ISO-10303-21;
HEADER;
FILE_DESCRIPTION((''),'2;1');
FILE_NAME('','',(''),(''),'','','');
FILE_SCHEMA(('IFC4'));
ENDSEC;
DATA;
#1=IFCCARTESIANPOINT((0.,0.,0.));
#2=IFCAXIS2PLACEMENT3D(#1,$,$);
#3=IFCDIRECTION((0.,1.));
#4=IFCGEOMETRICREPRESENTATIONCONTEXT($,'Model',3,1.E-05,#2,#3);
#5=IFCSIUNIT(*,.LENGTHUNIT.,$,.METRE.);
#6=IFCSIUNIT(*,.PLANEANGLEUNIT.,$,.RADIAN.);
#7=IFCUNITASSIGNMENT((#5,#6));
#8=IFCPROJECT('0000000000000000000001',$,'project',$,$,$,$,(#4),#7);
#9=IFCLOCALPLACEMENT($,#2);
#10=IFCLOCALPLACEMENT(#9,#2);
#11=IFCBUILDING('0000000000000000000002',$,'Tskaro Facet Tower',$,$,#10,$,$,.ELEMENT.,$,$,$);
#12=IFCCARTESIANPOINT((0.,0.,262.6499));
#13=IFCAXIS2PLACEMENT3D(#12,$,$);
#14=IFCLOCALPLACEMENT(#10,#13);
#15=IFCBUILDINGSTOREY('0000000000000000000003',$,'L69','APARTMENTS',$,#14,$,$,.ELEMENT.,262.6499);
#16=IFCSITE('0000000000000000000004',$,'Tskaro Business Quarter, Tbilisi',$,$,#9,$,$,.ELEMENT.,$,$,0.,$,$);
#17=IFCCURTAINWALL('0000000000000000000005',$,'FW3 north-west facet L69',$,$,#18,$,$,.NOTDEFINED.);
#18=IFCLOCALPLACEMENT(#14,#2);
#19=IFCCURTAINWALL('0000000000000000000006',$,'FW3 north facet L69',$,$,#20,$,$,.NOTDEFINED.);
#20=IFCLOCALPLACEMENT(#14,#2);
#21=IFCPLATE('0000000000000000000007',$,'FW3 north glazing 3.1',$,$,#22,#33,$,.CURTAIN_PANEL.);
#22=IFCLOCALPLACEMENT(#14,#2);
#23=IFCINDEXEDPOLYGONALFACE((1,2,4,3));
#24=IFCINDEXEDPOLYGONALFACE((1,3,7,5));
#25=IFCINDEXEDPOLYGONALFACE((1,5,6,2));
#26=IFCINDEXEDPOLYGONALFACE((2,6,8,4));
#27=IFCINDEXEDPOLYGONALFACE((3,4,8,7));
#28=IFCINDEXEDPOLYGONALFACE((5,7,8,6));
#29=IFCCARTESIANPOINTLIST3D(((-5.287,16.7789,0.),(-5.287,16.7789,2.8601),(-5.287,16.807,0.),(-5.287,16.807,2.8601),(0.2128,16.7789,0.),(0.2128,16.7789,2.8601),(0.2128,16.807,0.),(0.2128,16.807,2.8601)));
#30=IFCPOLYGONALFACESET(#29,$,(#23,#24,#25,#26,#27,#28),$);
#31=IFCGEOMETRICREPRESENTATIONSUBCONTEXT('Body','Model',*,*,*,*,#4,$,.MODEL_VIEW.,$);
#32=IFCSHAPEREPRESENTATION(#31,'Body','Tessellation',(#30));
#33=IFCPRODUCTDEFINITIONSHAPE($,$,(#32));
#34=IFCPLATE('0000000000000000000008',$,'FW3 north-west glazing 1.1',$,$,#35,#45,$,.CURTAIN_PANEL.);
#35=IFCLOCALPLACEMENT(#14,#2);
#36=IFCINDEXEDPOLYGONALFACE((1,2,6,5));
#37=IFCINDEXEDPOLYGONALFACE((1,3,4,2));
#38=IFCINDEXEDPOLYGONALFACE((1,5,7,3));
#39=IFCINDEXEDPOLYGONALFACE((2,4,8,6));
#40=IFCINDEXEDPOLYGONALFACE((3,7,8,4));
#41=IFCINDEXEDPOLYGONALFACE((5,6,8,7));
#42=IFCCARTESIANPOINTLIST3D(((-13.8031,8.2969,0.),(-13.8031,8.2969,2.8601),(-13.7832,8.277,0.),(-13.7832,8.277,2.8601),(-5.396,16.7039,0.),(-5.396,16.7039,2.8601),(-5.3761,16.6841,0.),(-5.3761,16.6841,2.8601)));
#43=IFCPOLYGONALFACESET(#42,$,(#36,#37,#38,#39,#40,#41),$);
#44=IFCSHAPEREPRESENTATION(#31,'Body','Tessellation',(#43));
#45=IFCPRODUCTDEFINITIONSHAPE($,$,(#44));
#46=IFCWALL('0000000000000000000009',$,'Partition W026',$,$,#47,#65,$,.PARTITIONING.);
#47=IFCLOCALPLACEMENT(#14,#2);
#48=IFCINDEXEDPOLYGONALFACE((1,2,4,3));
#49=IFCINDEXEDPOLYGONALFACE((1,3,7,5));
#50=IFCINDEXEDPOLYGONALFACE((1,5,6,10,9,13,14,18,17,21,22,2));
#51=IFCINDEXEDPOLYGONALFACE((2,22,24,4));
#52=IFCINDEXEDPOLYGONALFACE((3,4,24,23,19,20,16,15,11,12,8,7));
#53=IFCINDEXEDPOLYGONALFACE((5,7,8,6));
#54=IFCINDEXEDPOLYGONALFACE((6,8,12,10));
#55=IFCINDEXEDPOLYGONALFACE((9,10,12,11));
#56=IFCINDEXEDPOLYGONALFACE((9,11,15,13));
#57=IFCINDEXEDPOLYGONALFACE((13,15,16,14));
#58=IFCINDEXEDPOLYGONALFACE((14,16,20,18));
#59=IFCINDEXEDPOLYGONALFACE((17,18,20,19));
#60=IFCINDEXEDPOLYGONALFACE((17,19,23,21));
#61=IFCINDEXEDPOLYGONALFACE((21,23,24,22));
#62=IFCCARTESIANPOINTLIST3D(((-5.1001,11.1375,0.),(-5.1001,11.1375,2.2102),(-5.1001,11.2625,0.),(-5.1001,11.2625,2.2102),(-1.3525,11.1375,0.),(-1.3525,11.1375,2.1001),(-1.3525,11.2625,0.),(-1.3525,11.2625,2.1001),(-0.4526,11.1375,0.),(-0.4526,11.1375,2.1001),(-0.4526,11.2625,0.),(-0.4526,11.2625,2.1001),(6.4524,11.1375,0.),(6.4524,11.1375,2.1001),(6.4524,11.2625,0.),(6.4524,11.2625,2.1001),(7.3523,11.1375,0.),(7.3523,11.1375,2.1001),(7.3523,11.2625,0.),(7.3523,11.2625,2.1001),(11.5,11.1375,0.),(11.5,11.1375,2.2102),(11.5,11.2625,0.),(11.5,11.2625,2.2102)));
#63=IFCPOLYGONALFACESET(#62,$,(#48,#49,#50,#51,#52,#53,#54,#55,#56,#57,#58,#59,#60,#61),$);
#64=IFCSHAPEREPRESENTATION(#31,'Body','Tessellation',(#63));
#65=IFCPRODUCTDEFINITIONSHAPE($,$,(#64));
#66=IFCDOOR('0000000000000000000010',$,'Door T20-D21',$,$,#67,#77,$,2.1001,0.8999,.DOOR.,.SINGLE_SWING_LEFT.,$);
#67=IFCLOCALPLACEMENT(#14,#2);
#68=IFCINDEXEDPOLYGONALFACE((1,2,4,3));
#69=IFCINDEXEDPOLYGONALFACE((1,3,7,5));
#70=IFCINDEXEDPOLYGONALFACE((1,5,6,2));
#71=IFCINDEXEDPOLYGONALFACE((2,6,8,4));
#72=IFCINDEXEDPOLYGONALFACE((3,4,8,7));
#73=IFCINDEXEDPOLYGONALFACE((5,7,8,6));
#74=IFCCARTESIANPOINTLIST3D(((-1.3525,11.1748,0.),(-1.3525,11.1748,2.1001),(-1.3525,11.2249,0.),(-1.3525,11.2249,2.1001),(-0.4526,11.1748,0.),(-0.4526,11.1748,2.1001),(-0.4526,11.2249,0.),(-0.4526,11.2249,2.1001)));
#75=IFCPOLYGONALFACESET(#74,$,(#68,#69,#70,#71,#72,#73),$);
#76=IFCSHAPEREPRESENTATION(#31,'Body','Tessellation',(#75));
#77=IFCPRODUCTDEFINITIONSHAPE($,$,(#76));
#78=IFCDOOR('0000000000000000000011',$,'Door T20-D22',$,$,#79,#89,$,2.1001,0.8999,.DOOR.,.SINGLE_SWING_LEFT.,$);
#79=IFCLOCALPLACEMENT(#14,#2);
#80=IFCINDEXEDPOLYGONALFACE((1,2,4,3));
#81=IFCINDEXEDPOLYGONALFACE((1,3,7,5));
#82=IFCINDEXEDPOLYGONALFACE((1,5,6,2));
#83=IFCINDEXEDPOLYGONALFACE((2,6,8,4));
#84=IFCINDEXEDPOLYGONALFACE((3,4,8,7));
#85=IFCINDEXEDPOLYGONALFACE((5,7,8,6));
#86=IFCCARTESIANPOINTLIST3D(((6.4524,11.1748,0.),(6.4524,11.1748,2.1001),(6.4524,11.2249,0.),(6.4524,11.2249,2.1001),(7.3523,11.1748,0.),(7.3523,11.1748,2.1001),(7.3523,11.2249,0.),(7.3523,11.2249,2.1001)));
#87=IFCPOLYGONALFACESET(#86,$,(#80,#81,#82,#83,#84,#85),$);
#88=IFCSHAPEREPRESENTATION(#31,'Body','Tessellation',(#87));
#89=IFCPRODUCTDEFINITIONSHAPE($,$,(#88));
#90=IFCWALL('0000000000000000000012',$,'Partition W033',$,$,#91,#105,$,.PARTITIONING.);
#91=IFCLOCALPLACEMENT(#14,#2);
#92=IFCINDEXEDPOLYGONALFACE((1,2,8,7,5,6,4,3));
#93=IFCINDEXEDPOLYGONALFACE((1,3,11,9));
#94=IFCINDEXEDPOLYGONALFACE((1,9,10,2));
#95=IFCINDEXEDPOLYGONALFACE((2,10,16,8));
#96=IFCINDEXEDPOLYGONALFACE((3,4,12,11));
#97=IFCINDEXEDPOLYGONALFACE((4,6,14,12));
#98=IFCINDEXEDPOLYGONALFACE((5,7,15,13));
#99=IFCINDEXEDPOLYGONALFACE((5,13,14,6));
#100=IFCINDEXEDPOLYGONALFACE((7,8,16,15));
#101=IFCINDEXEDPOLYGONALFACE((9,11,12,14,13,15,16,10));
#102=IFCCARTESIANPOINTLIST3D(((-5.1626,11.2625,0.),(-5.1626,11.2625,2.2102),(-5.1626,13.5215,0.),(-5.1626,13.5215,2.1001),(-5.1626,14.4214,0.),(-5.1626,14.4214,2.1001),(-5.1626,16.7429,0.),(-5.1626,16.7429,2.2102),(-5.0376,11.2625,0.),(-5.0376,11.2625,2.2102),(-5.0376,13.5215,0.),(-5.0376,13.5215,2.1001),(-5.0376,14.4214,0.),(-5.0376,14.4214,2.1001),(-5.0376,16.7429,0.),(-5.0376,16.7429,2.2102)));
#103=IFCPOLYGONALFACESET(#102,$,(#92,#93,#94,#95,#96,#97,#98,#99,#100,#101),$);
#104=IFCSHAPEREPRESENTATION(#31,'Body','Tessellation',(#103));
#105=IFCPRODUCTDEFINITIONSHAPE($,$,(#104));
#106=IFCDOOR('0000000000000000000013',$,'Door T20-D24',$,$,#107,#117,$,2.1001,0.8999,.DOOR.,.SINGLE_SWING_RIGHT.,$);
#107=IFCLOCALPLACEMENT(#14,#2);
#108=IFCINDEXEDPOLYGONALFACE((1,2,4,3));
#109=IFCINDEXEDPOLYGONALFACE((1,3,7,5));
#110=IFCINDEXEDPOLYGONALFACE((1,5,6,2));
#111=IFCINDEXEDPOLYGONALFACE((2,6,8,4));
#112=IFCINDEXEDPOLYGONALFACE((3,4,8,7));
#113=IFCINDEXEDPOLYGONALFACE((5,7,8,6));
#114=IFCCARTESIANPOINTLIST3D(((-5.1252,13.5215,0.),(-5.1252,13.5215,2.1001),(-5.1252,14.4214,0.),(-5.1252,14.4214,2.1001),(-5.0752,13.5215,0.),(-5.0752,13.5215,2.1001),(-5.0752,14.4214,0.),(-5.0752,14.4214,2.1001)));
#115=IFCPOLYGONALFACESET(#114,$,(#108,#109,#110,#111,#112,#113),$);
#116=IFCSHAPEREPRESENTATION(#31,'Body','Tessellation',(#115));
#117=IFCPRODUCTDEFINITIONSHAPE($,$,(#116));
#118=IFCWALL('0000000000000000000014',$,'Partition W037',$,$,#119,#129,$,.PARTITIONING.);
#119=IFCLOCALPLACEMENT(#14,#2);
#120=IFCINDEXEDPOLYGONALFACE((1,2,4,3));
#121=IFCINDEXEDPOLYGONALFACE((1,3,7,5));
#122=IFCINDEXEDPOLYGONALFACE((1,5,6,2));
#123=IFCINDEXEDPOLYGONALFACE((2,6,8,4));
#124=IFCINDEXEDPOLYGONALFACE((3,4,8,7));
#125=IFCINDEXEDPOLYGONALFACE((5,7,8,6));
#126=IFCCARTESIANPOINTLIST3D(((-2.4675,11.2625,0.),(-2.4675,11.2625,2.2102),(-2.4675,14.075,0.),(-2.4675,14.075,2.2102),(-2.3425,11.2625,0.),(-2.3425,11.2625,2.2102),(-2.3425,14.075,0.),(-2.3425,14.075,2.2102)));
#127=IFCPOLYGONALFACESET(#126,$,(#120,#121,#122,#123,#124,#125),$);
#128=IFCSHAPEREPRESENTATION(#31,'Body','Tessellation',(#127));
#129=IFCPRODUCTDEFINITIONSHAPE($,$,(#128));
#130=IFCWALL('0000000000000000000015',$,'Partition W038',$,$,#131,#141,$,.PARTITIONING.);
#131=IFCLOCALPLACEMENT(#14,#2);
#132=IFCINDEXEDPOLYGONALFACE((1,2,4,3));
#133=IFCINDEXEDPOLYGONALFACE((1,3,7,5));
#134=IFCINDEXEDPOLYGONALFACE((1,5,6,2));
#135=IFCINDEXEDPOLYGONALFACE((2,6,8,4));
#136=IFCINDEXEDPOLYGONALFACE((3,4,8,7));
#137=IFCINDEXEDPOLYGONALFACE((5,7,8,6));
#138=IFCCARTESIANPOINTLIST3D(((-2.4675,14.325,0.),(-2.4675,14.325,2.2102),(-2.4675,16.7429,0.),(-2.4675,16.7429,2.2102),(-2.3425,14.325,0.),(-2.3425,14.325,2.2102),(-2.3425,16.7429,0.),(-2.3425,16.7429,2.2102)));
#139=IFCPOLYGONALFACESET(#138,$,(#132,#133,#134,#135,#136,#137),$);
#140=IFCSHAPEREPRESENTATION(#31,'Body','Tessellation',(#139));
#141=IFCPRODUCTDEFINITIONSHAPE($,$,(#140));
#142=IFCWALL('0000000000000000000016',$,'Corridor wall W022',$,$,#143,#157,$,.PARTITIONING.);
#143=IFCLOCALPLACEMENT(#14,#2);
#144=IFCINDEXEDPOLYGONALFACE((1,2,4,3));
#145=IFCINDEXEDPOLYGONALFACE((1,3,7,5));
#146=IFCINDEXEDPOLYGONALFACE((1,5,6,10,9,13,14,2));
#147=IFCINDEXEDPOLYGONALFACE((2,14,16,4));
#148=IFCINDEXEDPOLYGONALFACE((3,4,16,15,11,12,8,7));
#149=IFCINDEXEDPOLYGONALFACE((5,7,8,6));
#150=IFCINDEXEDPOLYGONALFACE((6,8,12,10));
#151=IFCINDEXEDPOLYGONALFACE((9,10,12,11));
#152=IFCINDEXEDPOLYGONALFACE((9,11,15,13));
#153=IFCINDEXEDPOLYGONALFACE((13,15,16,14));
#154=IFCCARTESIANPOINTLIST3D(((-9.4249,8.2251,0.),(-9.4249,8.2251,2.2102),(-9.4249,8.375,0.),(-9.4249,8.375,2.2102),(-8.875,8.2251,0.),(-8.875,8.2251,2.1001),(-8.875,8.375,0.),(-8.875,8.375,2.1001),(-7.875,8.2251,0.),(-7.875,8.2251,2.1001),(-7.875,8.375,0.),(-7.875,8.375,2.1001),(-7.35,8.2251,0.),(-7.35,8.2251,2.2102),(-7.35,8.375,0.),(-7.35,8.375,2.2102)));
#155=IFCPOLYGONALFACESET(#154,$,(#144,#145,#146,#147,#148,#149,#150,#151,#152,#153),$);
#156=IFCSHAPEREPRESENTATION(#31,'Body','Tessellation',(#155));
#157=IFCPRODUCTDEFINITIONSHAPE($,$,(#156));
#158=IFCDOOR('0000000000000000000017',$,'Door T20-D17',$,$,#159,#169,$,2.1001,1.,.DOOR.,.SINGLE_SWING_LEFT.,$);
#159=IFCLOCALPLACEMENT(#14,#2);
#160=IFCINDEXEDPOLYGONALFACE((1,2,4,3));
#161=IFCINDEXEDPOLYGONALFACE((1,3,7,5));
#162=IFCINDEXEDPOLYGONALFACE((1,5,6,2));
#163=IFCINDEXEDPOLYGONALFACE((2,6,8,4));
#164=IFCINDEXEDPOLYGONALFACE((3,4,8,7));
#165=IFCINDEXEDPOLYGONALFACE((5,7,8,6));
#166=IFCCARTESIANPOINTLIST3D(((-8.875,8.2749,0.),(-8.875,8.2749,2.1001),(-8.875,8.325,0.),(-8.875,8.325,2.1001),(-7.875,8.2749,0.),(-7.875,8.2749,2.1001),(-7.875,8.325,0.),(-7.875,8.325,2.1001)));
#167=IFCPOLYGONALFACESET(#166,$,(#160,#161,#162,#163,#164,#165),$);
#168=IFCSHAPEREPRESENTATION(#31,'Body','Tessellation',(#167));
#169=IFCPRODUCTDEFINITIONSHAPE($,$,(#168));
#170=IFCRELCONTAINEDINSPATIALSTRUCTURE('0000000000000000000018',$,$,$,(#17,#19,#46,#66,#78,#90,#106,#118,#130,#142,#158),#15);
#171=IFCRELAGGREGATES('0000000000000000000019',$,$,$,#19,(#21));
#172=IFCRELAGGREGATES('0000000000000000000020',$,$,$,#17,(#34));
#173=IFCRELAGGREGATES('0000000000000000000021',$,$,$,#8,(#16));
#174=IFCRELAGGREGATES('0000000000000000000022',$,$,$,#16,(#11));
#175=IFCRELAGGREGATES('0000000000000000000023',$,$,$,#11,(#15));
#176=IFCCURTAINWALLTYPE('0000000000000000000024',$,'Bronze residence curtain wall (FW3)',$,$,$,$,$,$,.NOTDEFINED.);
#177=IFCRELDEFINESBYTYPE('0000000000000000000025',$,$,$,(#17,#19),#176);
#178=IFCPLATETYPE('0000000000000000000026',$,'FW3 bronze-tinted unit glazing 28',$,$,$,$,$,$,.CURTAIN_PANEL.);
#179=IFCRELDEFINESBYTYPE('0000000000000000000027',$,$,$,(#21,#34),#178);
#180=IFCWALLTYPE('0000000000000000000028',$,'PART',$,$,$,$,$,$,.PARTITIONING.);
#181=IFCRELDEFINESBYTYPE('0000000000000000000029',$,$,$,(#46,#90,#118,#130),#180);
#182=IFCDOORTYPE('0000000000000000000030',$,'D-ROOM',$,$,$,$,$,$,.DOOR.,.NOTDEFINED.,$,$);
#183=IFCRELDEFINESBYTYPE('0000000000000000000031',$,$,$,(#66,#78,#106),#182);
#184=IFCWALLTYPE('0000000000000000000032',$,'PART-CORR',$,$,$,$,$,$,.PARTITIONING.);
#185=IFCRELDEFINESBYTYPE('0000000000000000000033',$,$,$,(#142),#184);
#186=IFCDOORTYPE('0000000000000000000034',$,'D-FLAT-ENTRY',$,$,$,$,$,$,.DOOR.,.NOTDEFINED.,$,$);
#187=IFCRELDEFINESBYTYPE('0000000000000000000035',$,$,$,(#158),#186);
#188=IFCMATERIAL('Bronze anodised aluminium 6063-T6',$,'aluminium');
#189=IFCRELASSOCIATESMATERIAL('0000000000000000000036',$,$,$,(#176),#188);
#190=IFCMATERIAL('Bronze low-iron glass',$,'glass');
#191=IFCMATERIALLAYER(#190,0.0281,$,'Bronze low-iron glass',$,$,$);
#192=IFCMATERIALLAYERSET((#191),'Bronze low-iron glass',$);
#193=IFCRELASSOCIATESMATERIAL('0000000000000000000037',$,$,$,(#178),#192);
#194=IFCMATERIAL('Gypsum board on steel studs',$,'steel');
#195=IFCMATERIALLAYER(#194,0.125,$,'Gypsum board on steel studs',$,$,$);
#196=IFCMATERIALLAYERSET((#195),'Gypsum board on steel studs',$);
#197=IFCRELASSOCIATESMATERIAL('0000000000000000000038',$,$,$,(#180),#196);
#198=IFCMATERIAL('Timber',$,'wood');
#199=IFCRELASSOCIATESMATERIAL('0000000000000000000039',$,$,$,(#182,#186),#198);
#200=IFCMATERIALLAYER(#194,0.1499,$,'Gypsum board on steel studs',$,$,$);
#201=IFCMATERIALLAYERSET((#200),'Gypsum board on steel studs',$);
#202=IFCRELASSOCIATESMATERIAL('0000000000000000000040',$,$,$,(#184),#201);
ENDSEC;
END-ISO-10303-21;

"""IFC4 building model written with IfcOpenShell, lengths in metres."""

from ifc_helpers import new_model, si_unit, direction, frame, frame_2d, origin, origin_2d, place, context, subcontext, project, spatial, rectangle, extrude, material, layer, layer_set, type_object, element, fill, aggregate, save


model = new_model("IFC4")

# Units and contexts
model_context = context("Model", 3, precision=1e-05, world=origin(), true_north=direction((0.0, 1.0)))
body_context = subcontext(model_context, "Body", "Model", "MODEL_VIEW")
ifc_project = project(units=[si_unit("LENGTHUNIT", "METRE"), si_unit("PLANEANGLEUNIT", "RADIAN")], contexts=[model_context])

# Site, building, storey
site_placement = place(None, origin())
site = spatial("IfcSite", under=ifc_project, at=site_placement, Name="Tskaro Business Quarter, Tbilisi", CompositionType="ELEMENT", RefElevation=0.0)
building_placement = place(site_placement, origin())
building = spatial("IfcBuilding", under=site, at=building_placement, Name="Tskaro Facet Tower", CompositionType="ELEMENT")
storey_placement = place(building_placement, frame((0.0, 0.0, 262.6499)))
storey = spatial("IfcBuildingStorey", under=building, at=storey_placement, Name="L69", Description="APARTMENTS", CompositionType="ELEMENT", Elevation=262.6499)

# Curtain wall
ifc_material_1 = material(Name="Bronze anodised aluminium 6063-T6", Category="aluminium")
curtain_wall_type = type_object("IfcCurtainWallType", Name="Bronze residence curtain wall (FW3)", PredefinedType="NOTDEFINED", material=ifc_material_1)
curtain_wall_1_placement = place(storey_placement, origin())
curtain_wall_1 = element("IfcCurtainWall", 1, at=curtain_wall_1_placement, inside=storey, type_object=curtain_wall_type, Name="FW3 north-west facet L69", PredefinedType="NOTDEFINED")

# Curtain wall, plate
curtain_wall_2_placement = place(storey_placement, origin())
curtain_wall_2 = element("IfcCurtainWall", 2, at=curtain_wall_2_placement, inside=storey, type_object=curtain_wall_type, Name="FW3 north facet L69", PredefinedType="NOTDEFINED")
ifc_material_2 = material(Name="Bronze low-iron glass", Category="glass")
ifc_layer_1 = layer(ifc_material_2, 0.0281, Name="Bronze low-iron glass")
ifc_layer_set_1 = layer_set([ifc_layer_1], Name="Bronze low-iron glass")
plate_type = type_object("IfcPlateType", Name="FW3 bronze-tinted unit glazing 28", PredefinedType="CURTAIN_PANEL", material=ifc_layer_set_1)
plate_1_placement = place(storey_placement, frame((-2.5371, 16.793, 0.0), z_axis=(0.0, 0.0, 1.0), x_axis=(-1.0, 0.0, 0.0)))
plate_1 = element("IfcPlate", 3, at=plate_1_placement, type_object=plate_type, Name="FW3 north glazing 3.1", PredefinedType="CURTAIN_PANEL", context=body_context, shape_type="SweptSolid", body=[
    extrude(rectangle(XDim=5.4998, YDim=0.0281, at=origin_2d()), origin(), (0.0, 0.0, 1.0), 2.8601),
])
aggregate(curtain_wall_2, [plate_1])

# Plate
plate_2_placement = place(storey_placement, frame((-9.5896, 12.4905, 0.0), z_axis=(0.0, 0.0, 1.0), x_axis=(-0.707107, -0.707107, 0.0)))
plate_2 = element("IfcPlate", 4, at=plate_2_placement, type_object=plate_type, Name="FW3 north-west glazing 1.1", PredefinedType="CURTAIN_PANEL", context=body_context, shape_type="SweptSolid", body=[
    extrude(rectangle(XDim=11.8894, YDim=0.0281, at=origin_2d()), origin(), (0.0, 0.0, 1.0), 2.8601),
])
aggregate(curtain_wall_1, [plate_2])

# Wall, openings, doors
ifc_material_3 = material(Name="Gypsum board on steel studs", Category="steel")
ifc_layer_2 = layer(ifc_material_3, 0.125, Name="Gypsum board on steel studs")
ifc_layer_set_2 = layer_set([ifc_layer_2], Name="Gypsum board on steel studs")
wall_type_1 = type_object("IfcWallType", Name="PART", PredefinedType="PARTITIONING", material=ifc_layer_set_2)
wall_1_placement = place(storey_placement, frame((-5.1001, 11.2, 0.0), z_axis=(0.0, 0.0, 1.0), x_axis=(1.0, 0.0, 0.0)))
wall_1 = element("IfcWall", 5, at=wall_1_placement, inside=storey, type_object=wall_type_1, Name="Partition W026", PredefinedType="PARTITIONING", context=body_context, shape_type="SweptSolid", body=[
    extrude(rectangle(XDim=16.6001, YDim=0.125, at=frame_2d((8.3, 0.0))), origin(), (0.0, 0.0, 1.0), 2.2102),
])
opening_1_placement = place(wall_1_placement, frame((3.7476, 0.0, 0.0)))
opening_1 = element("IfcOpeningElement", 6, at=opening_1_placement, cuts=wall_1, PredefinedType="OPENING", context=body_context, shape_type="SweptSolid", body=[
    extrude(rectangle(XDim=0.8999, YDim=2.1001, at=frame_2d((0.45, 1.05))), frame((0.0, 0.0725, 0.0), z_axis=(0.0, -1.0, 0.0), x_axis=(1.0, 0.0, 0.0)), (0.0, 0.0, 1.0), 0.145),
])
opening_2_placement = place(wall_1_placement, frame((11.5525, 0.0, 0.0)))
opening_2 = element("IfcOpeningElement", 7, at=opening_2_placement, cuts=wall_1, PredefinedType="OPENING", context=body_context, shape_type="SweptSolid", body=[
    extrude(rectangle(XDim=0.8999, YDim=2.1001, at=frame_2d((0.45, 1.05))), frame((0.0, 0.0725, 0.0), z_axis=(0.0, -1.0, 0.0), x_axis=(1.0, 0.0, 0.0)), (0.0, 0.0, 1.0), 0.145),
])
ifc_material_4 = material(Name="Timber", Category="wood")
door_type_1 = type_object("IfcDoorType", Name="D-ROOM", OperationType="NOTDEFINED", PredefinedType="DOOR", material=ifc_material_4)
door_1_placement = place(opening_1_placement, origin())
door_1 = element("IfcDoor", 8, at=door_1_placement, inside=storey, type_object=door_type_1, Name="Door T20-D21", OperationType="SINGLE_SWING_LEFT", OverallHeight=2.1001, OverallWidth=0.8999, PredefinedType="DOOR", context=body_context, shape_type="SweptSolid", body=[
    extrude(rectangle(XDim=0.8999, YDim=2.1001, at=frame_2d((0.45, 1.05))), frame((0.0, 0.0249, 0.0), z_axis=(0.0, -1.0, 0.0), x_axis=(1.0, 0.0, 0.0)), (0.0, 0.0, 1.0), 0.05),
])
fill(opening_1, door_1)
door_2_placement = place(opening_2_placement, origin())
door_2 = element("IfcDoor", 9, at=door_2_placement, inside=storey, type_object=door_type_1, Name="Door T20-D22", OperationType="SINGLE_SWING_LEFT", OverallHeight=2.1001, OverallWidth=0.8999, PredefinedType="DOOR", context=body_context, shape_type="SweptSolid", body=[
    extrude(rectangle(XDim=0.8999, YDim=2.1001, at=frame_2d((0.45, 1.05))), frame((0.0, 0.0249, 0.0), z_axis=(0.0, -1.0, 0.0), x_axis=(1.0, 0.0, 0.0)), (0.0, 0.0, 1.0), 0.05),
])
fill(opening_2, door_2)

# Wall, opening, door
wall_2_placement = place(storey_placement, frame((-5.1001, 16.7429, 0.0), z_axis=(0.0, 0.0, 1.0), x_axis=(0.0, -1.0, 0.0)))
wall_2 = element("IfcWall", 10, at=wall_2_placement, inside=storey, type_object=wall_type_1, Name="Partition W033", PredefinedType="PARTITIONING", context=body_context, shape_type="SweptSolid", body=[
    extrude(rectangle(XDim=5.4805, YDim=0.125, at=frame_2d((2.7402, 0.0))), origin(), (0.0, 0.0, 1.0), 2.2102),
])
opening_3_placement = place(wall_2_placement, frame((2.3215, 0.0, 0.0)))
opening_3 = element("IfcOpeningElement", 11, at=opening_3_placement, cuts=wall_2, PredefinedType="OPENING", context=body_context, shape_type="SweptSolid", body=[
    extrude(rectangle(XDim=0.8999, YDim=2.1001, at=frame_2d((0.45, 1.05))), frame((0.0, 0.0725, 0.0), z_axis=(0.0, -1.0, 0.0), x_axis=(1.0, 0.0, 0.0)), (0.0, 0.0, 1.0), 0.145),
])
door_3_placement = place(opening_3_placement, origin())
door_3 = element("IfcDoor", 12, at=door_3_placement, inside=storey, type_object=door_type_1, Name="Door T20-D24", OperationType="SINGLE_SWING_RIGHT", OverallHeight=2.1001, OverallWidth=0.8999, PredefinedType="DOOR", context=body_context, shape_type="SweptSolid", body=[
    extrude(rectangle(XDim=0.8999, YDim=2.1001, at=frame_2d((0.45, 1.05))), frame((0.0, 0.0249, 0.0), z_axis=(0.0, -1.0, 0.0), x_axis=(1.0, 0.0, 0.0)), (0.0, 0.0, 1.0), 0.05),
])
fill(opening_3, door_3)

# Walls
wall_3_placement = place(storey_placement, frame((-2.405, 11.2625, 0.0), z_axis=(0.0, 0.0, 1.0), x_axis=(0.0, 1.0, 0.0)))
element("IfcWall", 13, at=wall_3_placement, inside=storey, type_object=wall_type_1, Name="Partition W037", PredefinedType="PARTITIONING", context=body_context, shape_type="SweptSolid", body=[
    extrude(rectangle(XDim=2.8125, YDim=0.125, at=frame_2d((1.4062, 0.0))), origin(), (0.0, 0.0, 1.0), 2.2102),
])
wall_4_placement = place(storey_placement, frame((-2.405, 14.325, 0.0), z_axis=(0.0, 0.0, 1.0), x_axis=(0.0, 1.0, 0.0)))
element("IfcWall", 14, at=wall_4_placement, inside=storey, type_object=wall_type_1, Name="Partition W038", PredefinedType="PARTITIONING", context=body_context, shape_type="SweptSolid", body=[
    extrude(rectangle(XDim=2.418, YDim=0.125, at=frame_2d((1.209, 0.0))), origin(), (0.0, 0.0, 1.0), 2.2102),
])

# Wall, opening, door
ifc_layer_3 = layer(ifc_material_3, 0.1499, Name="Gypsum board on steel studs")
ifc_layer_set_3 = layer_set([ifc_layer_3], Name="Gypsum board on steel studs")
wall_type_2 = type_object("IfcWallType", Name="PART-CORR", PredefinedType="PARTITIONING", material=ifc_layer_set_3)
wall_5_placement = place(storey_placement, frame((-9.425, 8.3, 0.0), z_axis=(0.0, 0.0, 1.0), x_axis=(1.0, 0.0, 0.0)))
wall_5 = element("IfcWall", 15, at=wall_5_placement, inside=storey, type_object=wall_type_2, Name="Corridor wall W022", PredefinedType="PARTITIONING", context=body_context, shape_type="SweptSolid", body=[
    extrude(rectangle(XDim=2.075, YDim=0.1499, at=frame_2d((1.0376, 0.0))), origin(), (0.0, 0.0, 1.0), 2.2102),
])
opening_4_placement = place(wall_5_placement, frame((0.55, 0.0, 0.0)))
opening_4 = element("IfcOpeningElement", 16, at=opening_4_placement, cuts=wall_5, PredefinedType="OPENING", context=body_context, shape_type="SweptSolid", body=[
    extrude(rectangle(XDim=1.0, YDim=2.1001, at=frame_2d((0.5, 1.05))), frame((0.0, 0.085, 0.0), z_axis=(0.0, -1.0, 0.0), x_axis=(1.0, 0.0, 0.0)), (0.0, 0.0, 1.0), 0.1699),
])
door_type_2 = type_object("IfcDoorType", Name="D-FLAT-ENTRY", OperationType="NOTDEFINED", PredefinedType="DOOR", material=ifc_material_4)
door_4_placement = place(opening_4_placement, origin())
door_4 = element("IfcDoor", 17, at=door_4_placement, inside=storey, type_object=door_type_2, Name="Door T20-D17", OperationType="SINGLE_SWING_LEFT", OverallHeight=2.1001, OverallWidth=1.0, PredefinedType="DOOR", context=body_context, shape_type="SweptSolid", body=[
    extrude(rectangle(XDim=1.0, YDim=2.1001, at=frame_2d((0.5, 1.05))), frame((0.0, 0.0249, 0.0), z_axis=(0.0, -1.0, 0.0), x_axis=(1.0, 0.0, 0.0)), (0.0, 0.0, 1.0), 0.05),
])
fill(opening_4, door_4)

save(model, "model.ifc")
